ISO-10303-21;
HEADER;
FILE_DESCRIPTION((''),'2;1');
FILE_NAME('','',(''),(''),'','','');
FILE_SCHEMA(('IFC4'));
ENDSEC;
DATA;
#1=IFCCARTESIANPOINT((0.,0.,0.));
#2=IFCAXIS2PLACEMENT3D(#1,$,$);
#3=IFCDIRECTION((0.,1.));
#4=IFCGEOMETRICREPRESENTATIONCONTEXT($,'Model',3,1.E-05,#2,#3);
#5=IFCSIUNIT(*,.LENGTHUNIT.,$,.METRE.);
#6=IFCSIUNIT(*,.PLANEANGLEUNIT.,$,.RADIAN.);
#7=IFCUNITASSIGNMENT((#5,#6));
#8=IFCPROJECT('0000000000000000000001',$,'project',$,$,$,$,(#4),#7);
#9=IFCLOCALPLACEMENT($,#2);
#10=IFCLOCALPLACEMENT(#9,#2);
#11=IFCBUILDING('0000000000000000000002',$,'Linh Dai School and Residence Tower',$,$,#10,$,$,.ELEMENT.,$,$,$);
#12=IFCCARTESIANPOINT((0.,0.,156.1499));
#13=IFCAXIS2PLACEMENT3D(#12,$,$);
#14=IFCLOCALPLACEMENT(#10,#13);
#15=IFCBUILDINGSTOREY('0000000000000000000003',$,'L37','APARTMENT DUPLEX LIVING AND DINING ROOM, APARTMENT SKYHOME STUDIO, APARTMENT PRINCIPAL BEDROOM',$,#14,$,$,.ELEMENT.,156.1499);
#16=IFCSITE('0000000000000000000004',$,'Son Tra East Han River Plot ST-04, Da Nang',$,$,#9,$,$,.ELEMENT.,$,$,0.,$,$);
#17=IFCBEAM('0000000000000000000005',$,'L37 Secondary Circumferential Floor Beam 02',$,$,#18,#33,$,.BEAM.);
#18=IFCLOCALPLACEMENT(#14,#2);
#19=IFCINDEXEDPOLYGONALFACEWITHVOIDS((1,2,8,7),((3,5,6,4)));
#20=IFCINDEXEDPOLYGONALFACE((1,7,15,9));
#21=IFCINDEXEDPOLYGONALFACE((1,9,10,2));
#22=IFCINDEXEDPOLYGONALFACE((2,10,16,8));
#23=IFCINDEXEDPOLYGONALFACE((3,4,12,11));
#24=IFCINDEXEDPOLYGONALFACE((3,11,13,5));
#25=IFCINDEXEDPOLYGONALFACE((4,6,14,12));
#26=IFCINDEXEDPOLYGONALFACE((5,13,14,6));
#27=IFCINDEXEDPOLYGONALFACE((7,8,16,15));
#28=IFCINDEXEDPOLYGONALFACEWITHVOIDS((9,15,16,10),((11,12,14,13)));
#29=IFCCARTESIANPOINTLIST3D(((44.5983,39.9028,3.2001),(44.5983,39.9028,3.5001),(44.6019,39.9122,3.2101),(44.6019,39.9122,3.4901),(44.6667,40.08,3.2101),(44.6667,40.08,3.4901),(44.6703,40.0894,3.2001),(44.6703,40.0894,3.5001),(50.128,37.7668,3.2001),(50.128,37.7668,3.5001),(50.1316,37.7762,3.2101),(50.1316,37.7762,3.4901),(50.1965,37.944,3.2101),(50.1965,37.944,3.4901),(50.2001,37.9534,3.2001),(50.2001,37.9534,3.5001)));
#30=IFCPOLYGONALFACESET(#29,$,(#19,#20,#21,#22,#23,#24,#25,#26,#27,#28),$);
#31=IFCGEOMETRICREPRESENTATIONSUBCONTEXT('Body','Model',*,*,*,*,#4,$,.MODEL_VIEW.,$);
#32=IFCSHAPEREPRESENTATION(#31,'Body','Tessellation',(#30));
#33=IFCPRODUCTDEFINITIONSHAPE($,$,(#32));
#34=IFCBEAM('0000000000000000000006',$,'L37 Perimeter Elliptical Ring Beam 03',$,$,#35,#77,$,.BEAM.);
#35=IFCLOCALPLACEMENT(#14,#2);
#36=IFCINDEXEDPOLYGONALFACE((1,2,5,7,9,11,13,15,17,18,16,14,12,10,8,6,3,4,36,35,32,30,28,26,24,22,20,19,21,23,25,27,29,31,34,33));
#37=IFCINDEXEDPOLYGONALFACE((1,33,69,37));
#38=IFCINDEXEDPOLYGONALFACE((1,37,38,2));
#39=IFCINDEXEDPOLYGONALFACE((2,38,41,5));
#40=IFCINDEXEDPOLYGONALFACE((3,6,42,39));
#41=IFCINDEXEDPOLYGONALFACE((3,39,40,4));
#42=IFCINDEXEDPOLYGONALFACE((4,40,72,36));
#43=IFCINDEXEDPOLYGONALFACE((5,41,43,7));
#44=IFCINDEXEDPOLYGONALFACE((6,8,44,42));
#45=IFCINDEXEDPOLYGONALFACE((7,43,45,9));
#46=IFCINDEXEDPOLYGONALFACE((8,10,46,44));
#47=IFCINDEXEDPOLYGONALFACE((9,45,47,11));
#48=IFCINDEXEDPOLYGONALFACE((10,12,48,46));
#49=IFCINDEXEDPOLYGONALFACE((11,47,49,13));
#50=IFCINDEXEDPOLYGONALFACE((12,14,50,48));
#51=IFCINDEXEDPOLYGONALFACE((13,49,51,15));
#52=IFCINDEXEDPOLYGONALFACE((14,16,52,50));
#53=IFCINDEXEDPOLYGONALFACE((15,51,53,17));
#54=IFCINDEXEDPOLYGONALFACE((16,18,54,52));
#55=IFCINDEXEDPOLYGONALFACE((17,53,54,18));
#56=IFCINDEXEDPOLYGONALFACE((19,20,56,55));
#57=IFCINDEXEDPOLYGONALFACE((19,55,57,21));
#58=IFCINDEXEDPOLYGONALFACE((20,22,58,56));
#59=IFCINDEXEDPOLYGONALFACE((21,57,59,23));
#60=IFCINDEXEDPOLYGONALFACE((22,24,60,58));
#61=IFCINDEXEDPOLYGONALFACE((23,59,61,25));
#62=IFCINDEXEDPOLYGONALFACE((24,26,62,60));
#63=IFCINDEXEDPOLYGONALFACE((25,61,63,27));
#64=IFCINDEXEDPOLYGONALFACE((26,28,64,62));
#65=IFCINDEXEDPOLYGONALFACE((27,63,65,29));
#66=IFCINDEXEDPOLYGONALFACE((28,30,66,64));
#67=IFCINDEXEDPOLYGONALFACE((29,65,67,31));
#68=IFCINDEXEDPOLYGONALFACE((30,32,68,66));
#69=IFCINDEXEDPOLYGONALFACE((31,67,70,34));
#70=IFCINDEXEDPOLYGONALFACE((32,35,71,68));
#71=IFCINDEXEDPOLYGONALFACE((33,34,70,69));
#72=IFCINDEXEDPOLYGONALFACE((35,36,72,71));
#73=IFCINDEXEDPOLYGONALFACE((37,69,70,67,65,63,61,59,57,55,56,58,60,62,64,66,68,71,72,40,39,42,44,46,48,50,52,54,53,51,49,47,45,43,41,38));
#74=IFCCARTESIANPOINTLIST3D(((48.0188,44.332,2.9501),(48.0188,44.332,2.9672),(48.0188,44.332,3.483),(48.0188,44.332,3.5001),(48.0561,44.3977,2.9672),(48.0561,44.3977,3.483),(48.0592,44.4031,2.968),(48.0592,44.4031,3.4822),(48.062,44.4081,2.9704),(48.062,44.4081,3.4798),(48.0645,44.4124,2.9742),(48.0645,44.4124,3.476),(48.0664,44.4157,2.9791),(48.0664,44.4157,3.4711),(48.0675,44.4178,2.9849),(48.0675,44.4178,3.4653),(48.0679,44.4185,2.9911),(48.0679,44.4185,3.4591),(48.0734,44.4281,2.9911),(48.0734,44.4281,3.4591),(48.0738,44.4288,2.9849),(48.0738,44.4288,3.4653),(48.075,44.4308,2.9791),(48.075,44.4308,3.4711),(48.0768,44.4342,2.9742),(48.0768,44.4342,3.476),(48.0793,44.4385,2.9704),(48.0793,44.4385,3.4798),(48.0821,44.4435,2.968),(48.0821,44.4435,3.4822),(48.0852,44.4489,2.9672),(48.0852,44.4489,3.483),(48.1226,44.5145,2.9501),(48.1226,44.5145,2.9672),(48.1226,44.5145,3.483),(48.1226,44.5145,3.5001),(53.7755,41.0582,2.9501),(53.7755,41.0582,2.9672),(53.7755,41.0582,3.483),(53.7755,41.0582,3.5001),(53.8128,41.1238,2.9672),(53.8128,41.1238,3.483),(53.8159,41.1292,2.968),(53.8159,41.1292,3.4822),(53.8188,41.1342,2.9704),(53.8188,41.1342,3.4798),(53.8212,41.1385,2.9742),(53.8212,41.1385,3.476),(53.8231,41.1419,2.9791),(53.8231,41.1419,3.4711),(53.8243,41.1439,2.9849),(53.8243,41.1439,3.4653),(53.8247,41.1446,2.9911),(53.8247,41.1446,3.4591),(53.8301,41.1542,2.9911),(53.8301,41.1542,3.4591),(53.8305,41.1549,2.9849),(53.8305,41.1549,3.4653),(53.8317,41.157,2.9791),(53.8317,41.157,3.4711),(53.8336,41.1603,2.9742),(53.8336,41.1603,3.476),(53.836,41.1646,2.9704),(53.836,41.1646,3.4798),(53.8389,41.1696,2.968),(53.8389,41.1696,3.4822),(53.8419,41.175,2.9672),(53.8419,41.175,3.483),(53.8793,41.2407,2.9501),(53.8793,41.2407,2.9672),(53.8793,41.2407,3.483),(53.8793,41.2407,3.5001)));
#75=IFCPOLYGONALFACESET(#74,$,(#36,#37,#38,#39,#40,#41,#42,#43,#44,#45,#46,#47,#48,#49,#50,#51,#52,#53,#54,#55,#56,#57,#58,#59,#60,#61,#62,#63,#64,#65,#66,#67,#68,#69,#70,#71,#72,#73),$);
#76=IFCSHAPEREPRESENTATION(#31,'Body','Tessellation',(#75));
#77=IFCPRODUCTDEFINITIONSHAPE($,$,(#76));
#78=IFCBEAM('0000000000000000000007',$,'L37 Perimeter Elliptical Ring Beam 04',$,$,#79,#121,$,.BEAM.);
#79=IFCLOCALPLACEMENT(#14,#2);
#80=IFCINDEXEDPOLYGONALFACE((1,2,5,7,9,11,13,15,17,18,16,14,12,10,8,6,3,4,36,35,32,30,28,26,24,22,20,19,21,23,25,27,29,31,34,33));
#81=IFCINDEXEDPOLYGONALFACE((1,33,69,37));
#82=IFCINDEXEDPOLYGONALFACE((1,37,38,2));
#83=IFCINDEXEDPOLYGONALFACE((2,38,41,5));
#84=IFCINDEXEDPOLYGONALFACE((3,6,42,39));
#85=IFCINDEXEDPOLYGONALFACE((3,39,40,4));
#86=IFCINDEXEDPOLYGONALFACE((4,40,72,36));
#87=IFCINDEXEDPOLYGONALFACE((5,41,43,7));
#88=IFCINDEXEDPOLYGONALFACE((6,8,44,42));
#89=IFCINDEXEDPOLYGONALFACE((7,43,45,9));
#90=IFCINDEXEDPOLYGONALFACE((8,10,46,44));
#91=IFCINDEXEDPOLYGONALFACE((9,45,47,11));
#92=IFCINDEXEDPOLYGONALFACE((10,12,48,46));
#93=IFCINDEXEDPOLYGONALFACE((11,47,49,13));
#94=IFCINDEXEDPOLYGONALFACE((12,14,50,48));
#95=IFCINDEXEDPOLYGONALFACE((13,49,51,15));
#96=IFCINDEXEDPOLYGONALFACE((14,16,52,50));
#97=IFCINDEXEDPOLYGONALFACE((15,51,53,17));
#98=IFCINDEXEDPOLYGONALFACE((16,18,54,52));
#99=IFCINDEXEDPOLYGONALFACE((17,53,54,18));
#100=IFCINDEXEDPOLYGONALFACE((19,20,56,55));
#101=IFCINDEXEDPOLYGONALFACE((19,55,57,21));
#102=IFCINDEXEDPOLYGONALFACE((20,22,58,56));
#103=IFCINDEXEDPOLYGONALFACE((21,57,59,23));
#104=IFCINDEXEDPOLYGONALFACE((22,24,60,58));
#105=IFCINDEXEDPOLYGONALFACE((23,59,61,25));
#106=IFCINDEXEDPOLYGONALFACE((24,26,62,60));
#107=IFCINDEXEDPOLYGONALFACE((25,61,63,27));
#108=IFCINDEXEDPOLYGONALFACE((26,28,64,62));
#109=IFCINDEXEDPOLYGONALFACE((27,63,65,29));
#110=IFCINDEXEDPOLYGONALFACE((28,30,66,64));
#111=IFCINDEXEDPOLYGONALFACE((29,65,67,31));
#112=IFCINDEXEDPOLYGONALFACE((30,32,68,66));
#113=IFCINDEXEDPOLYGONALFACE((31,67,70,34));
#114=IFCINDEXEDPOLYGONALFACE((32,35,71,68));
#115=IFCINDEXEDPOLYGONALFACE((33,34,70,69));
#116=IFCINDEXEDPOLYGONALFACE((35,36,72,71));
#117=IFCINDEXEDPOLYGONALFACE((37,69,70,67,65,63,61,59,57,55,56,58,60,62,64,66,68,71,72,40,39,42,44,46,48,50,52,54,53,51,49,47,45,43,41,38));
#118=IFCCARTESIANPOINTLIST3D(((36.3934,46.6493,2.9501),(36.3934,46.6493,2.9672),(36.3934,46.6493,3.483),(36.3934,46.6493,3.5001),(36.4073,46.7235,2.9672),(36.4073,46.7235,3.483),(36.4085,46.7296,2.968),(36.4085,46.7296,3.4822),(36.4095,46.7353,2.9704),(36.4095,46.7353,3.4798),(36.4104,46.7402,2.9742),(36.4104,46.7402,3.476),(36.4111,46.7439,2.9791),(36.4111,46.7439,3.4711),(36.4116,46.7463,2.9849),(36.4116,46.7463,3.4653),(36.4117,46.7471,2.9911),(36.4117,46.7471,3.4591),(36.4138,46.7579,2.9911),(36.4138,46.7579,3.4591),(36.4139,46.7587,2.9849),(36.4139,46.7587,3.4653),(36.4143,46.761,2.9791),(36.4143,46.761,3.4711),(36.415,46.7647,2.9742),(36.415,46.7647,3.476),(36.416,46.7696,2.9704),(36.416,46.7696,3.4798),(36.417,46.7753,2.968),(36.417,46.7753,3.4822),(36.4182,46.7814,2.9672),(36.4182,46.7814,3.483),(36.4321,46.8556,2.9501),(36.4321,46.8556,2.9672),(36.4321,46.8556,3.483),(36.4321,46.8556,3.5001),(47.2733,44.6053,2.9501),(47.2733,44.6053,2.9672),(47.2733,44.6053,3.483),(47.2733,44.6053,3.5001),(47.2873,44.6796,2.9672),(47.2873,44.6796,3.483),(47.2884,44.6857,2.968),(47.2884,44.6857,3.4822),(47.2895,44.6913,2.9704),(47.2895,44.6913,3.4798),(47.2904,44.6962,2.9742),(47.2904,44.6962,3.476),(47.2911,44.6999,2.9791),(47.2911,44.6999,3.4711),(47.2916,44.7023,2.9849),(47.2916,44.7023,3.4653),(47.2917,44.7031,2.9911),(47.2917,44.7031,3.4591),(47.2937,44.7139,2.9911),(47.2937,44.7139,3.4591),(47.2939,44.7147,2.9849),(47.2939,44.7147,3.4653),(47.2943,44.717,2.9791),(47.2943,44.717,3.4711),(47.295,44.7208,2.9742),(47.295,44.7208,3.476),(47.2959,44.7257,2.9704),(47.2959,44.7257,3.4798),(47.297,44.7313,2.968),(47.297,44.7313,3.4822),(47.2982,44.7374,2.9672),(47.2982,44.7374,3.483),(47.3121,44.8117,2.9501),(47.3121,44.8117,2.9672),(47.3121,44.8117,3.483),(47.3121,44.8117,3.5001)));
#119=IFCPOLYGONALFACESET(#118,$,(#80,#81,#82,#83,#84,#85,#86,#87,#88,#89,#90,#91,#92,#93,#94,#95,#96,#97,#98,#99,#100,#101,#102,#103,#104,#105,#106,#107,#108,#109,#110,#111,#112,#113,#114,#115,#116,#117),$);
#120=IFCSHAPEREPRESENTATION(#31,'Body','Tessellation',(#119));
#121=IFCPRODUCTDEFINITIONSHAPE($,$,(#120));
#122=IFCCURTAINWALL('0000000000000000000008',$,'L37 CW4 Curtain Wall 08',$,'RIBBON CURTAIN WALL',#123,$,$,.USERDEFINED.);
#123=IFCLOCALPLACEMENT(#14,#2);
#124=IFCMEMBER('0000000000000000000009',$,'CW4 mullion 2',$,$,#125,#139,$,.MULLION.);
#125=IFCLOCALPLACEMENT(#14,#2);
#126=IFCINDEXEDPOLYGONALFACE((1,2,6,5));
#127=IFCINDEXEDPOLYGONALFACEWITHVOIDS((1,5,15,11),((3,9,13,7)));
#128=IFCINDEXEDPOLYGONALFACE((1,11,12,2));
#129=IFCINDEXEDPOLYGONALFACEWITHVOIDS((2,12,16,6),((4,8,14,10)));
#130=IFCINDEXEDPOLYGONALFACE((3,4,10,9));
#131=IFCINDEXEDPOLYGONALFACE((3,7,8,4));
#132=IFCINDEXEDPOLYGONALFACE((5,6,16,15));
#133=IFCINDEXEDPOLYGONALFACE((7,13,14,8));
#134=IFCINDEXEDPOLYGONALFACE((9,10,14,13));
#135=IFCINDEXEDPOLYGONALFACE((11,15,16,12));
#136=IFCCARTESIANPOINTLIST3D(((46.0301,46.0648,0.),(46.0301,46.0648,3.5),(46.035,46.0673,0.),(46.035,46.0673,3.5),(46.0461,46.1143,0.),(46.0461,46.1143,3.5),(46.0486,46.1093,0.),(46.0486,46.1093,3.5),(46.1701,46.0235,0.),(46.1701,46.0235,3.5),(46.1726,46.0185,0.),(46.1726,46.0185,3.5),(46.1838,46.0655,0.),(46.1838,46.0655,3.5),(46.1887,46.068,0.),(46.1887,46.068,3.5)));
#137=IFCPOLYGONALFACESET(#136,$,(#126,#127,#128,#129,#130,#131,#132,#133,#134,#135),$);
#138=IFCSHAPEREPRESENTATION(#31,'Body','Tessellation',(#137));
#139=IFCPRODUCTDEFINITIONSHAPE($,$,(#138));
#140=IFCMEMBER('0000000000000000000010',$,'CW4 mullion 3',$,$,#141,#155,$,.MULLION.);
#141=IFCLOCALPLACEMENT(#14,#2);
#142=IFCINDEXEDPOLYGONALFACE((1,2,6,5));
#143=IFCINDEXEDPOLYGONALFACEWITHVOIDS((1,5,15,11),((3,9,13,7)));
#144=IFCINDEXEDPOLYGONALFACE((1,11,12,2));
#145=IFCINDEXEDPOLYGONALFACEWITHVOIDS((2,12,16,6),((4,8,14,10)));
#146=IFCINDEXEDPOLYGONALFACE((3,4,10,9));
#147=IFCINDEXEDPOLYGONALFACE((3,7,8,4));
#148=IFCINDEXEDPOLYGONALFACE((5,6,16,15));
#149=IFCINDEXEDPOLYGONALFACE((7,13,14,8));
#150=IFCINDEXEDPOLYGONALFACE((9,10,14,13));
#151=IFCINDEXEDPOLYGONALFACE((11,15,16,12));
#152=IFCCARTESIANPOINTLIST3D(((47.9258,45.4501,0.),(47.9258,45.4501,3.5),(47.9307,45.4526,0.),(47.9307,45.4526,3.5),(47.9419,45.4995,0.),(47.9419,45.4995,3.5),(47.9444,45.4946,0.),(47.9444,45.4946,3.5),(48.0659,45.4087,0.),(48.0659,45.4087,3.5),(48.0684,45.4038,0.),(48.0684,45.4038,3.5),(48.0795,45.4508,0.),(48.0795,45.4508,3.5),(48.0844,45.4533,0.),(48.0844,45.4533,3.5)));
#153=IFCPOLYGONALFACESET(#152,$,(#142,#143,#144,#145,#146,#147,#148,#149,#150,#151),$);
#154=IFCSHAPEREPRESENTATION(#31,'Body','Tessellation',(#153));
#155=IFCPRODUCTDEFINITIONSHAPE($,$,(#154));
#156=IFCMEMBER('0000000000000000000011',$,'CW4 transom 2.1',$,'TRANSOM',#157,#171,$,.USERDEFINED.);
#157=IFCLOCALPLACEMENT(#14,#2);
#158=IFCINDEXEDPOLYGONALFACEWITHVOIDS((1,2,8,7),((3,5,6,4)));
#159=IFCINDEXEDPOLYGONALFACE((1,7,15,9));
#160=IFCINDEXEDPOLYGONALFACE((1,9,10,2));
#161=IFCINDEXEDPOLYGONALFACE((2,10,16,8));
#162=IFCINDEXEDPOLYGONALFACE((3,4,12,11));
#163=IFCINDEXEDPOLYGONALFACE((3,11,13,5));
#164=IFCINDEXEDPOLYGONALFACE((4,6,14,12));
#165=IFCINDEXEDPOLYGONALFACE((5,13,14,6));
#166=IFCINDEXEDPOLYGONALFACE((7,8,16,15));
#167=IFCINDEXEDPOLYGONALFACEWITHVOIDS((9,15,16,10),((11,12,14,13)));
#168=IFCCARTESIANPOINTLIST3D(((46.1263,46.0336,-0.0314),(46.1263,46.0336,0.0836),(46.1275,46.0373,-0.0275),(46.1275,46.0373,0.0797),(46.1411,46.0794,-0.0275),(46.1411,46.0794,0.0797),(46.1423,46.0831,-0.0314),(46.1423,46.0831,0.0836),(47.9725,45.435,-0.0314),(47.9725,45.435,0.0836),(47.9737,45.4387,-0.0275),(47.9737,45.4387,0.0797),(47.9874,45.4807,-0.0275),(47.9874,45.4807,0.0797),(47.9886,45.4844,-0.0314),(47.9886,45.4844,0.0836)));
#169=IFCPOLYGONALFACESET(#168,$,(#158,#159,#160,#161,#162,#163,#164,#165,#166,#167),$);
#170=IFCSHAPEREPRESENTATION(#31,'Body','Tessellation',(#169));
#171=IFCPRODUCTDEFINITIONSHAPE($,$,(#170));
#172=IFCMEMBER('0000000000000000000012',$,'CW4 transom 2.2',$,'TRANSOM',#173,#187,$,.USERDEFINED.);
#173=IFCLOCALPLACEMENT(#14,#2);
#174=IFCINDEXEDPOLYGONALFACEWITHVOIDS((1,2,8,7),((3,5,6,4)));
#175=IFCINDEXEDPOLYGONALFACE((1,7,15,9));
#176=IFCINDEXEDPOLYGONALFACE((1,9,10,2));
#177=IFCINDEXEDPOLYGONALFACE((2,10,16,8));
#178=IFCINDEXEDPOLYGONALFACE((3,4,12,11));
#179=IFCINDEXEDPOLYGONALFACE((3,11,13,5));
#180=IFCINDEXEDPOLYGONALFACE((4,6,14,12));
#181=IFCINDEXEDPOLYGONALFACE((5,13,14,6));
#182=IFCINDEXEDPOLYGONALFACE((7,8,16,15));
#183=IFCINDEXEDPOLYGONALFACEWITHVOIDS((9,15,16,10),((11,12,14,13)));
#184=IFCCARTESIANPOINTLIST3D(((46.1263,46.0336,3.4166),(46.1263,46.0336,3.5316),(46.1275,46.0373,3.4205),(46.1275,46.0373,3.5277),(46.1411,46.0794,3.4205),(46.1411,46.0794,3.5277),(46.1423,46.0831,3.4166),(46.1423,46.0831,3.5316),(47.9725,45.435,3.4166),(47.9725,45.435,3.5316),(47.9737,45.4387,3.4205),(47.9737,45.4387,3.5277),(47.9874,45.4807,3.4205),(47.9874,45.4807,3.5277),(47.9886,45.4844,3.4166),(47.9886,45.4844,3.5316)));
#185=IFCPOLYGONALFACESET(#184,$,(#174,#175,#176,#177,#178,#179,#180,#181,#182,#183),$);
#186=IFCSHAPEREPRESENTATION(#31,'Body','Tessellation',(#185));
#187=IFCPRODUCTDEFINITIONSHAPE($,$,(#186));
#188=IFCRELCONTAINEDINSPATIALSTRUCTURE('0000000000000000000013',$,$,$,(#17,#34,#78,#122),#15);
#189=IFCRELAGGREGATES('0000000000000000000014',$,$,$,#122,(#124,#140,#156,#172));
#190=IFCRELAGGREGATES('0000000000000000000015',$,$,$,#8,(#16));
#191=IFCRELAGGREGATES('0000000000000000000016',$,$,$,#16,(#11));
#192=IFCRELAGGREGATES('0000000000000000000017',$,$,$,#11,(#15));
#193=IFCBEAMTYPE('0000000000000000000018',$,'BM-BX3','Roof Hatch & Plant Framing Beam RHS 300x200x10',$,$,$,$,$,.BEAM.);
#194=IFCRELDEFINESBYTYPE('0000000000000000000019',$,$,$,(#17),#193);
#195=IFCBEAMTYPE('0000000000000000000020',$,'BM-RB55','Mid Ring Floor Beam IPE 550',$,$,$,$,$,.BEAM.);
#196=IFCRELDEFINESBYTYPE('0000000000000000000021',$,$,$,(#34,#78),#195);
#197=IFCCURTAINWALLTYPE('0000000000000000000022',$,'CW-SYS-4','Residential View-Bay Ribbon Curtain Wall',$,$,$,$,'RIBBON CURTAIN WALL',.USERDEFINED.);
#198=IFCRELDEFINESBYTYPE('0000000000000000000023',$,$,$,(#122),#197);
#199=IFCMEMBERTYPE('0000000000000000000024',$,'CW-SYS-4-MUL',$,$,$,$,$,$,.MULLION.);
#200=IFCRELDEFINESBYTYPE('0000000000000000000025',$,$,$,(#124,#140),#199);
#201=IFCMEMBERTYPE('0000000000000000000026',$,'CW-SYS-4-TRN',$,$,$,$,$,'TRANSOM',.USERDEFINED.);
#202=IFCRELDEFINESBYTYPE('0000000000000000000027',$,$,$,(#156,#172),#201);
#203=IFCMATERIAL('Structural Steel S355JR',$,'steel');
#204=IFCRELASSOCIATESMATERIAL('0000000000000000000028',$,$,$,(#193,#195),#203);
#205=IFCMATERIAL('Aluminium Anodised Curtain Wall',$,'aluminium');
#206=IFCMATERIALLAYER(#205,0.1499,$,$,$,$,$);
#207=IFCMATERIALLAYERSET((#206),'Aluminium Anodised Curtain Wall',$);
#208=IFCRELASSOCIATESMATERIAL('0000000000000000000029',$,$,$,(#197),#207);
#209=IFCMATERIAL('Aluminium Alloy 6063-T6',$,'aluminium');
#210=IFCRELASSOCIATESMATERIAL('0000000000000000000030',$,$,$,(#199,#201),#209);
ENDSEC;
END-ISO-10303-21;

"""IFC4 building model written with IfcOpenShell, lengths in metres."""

from ifc_helpers import new_model, si_unit, direction, frame, origin, origin_2d, place, context, subcontext, project, spatial, hollow_rectangle, i_section, extrude, source, transform, mapped, material, layer, layer_set, material_profile, profile_set, type_object, element, aggregate, save


model = new_model("IFC4")

# Units and contexts
model_context = context("Model", 3, precision=1e-05, world=origin(), true_north=direction((0.0, 1.0)))
body_context = subcontext(model_context, "Body", "Model", "MODEL_VIEW")
ifc_project = project(units=[si_unit("LENGTHUNIT", "METRE"), si_unit("PLANEANGLEUNIT", "RADIAN")], contexts=[model_context])

# Site, building, storey
site_placement = place(None, origin())
site = spatial("IfcSite", under=ifc_project, at=site_placement, Name="Son Tra East Han River Plot ST-04, Da Nang", CompositionType="ELEMENT", RefElevation=0.0)
building_placement = place(site_placement, origin())
building = spatial("IfcBuilding", under=site, at=building_placement, Name="Linh Dai School and Residence Tower", CompositionType="ELEMENT")
storey_placement = place(building_placement, frame((0.0, 0.0, 156.1499)))
storey = spatial("IfcBuildingStorey", under=building, at=storey_placement, Name="L37", Description="APARTMENT DUPLEX LIVING AND DINING ROOM, APARTMENT SKYHOME STUDIO, APARTMENT PRINCIPAL BEDROOM", CompositionType="ELEMENT", Elevation=156.1499)

# Shared definitions
ifc_material_1 = material(Name="Structural Steel S355JR", Category="steel")

# Beams
ifc_material_profile_1 = material_profile(ifc_material_1, hollow_rectangle(XDim=0.2, YDim=0.3, WallThickness=0.01, at=origin_2d()), Name="RHS 300x200x10")
ifc_profile_set_1 = profile_set([ifc_material_profile_1], Name="Structural Steel S355JR")
beam_type_1 = type_object("IfcBeamType", Name="BM-BX3", Description="Roof Hatch & Plant Framing Beam RHS 300x200x10", PredefinedType="BEAM", material=ifc_profile_set_1)
beam_1_placement = place(storey_placement, frame((50.1641, 37.8601, 3.3501), z_axis=(-0.932828, 0.360323, 0.0), x_axis=(-0.360323, -0.932828, 0.0)))
element("IfcBeam", 1, at=beam_1_placement, inside=storey, type_object=beam_type_1, Name="L37 Secondary Circumferential Floor Beam 02", PredefinedType="BEAM", context=body_context, shape_type="SweptSolid", body=[
    extrude(hollow_rectangle(XDim=0.2, YDim=0.3, WallThickness=0.01, at=origin_2d()), origin(), (0.0, 0.0, 1.0), 5.928),
])
ifc_material_profile_2 = material_profile(ifc_material_1, i_section(OverallWidth=0.21, OverallDepth=0.55, WebThickness=0.011, FlangeThickness=0.0171, FilletRadius=0.0239, at=origin_2d()), Name="IPE 550")
ifc_profile_set_2 = profile_set([ifc_material_profile_2], Name="Structural Steel S355JR")
beam_type_2 = type_object("IfcBeamType", Name="BM-RB55", Description="Mid Ring Floor Beam IPE 550", PredefinedType="BEAM", material=ifc_profile_set_2)
beam_2_placement = place(storey_placement, frame((53.8274, 41.1494, 3.2251), z_axis=(-0.869262, 0.494351, 0.0), x_axis=(-0.494351, -0.869262, 0.0)))
element("IfcBeam", 2, at=beam_2_placement, inside=storey, type_object=beam_type_2, Name="L37 Perimeter Elliptical Ring Beam 03", PredefinedType="BEAM", context=body_context, shape_type="SweptSolid", body=[
    extrude(i_section(OverallWidth=0.21, OverallDepth=0.55, WebThickness=0.011, FlangeThickness=0.0171, FilletRadius=0.0239, at=origin_2d()), origin(), (0.0, 0.0, 1.0), 6.6226),
])
beam_3_placement = place(storey_placement, frame((47.2927, 44.7085, 3.2251), z_axis=(-0.982807, 0.184635, 0.0), x_axis=(-0.184635, -0.982807, 0.0)))
element("IfcBeam", 3, at=beam_3_placement, inside=storey, type_object=beam_type_2, Name="L37 Perimeter Elliptical Ring Beam 04", PredefinedType="BEAM", context=body_context, shape_type="SweptSolid", body=[
    extrude(i_section(OverallWidth=0.21, OverallDepth=0.55, WebThickness=0.011, FlangeThickness=0.0171, FilletRadius=0.0239, at=origin_2d()), origin(), (0.0, 0.0, 1.0), 11.0703),
])

# Curtain wall, members
ifc_material_2 = material(Name="Aluminium Anodised Curtain Wall", Category="aluminium")
ifc_layer_1 = layer(ifc_material_2, 0.1499)
ifc_layer_set_1 = layer_set([ifc_layer_1], Name="Aluminium Anodised Curtain Wall")
curtain_wall_type = type_object("IfcCurtainWallType", Name="CW-SYS-4", Description="Residential View-Bay Ribbon Curtain Wall", ElementType="RIBBON CURTAIN WALL", PredefinedType="USERDEFINED", material=ifc_layer_set_1)
curtain_wall_placement = place(storey_placement, origin())
curtain_wall = element("IfcCurtainWall", 4, at=curtain_wall_placement, inside=storey, type_object=curtain_wall_type, Name="L37 CW4 Curtain Wall 08", ObjectType="RIBBON CURTAIN WALL", PredefinedType="USERDEFINED")
ifc_material_3 = material(Name="Aluminium Alloy 6063-T6", Category="aluminium")
ifc_material_profile_3 = material_profile(ifc_material_3, hollow_rectangle(XDim=0.052, YDim=0.1499, WallThickness=0.0039, at=origin_2d()), Name="RHS 150x52x4")
ifc_profile_set_3 = profile_set([ifc_material_profile_3], Name="Aluminium Alloy 6063-T6")
member_type_1 = type_object("IfcMemberType", Name="CW-SYS-4-MUL", PredefinedType="MULLION", material=ifc_profile_set_3)
shared_shape_1 = source(origin(), body_context, "Body", "SweptSolid", [
    extrude(hollow_rectangle(XDim=0.052, YDim=0.1499, WallThickness=0.0039, at=origin_2d()), origin(), (0.0, 0.0, 1.0), 3.5),
])
member_1_placement = place(storey_placement, frame((46.1094, 46.0664, 0.0), z_axis=(0.0, 0.0, 1.0), x_axis=(0.308536, 0.951213, 0.0)))
member_1 = element("IfcMember", 5, at=member_1_placement, type_object=member_type_1, Name="CW4 mullion 2", PredefinedType="MULLION", context=body_context, shape_type="MappedRepresentation", body=[
    mapped(shared_shape_1, transform((0.0, 0.0, 0.0), x_axis=(1.0, 0.0, 0.0), y_axis=(0.0, 1.0, 0.0), z_axis=(0.0, 0.0, 1.0), scale=1.0)),
])
member_2_placement = place(storey_placement, frame((48.0051, 45.4517, 0.0), z_axis=(0.0, 0.0, 1.0), x_axis=(0.308536, 0.951213, 0.0)))
member_2 = element("IfcMember", 6, at=member_2_placement, type_object=member_type_1, Name="CW4 mullion 3", PredefinedType="MULLION", context=body_context, shape_type="MappedRepresentation", body=[
    mapped(shared_shape_1, transform((0.0, 0.0, 0.0), x_axis=(1.0, 0.0, 0.0), y_axis=(0.0, 1.0, 0.0), z_axis=(0.0, 0.0, 1.0), scale=1.0)),
])
ifc_material_profile_4 = material_profile(ifc_material_3, hollow_rectangle(XDim=0.052, YDim=0.115, WallThickness=0.0039, at=origin_2d()), Name="RHS 115x52x4")
ifc_profile_set_4 = profile_set([ifc_material_profile_4], Name="Aluminium Alloy 6063-T6")
member_type_2 = type_object("IfcMemberType", Name="CW-SYS-4-TRN", ElementType="TRANSOM", PredefinedType="USERDEFINED", material=ifc_profile_set_4)
shared_shape_2 = source(origin(), body_context, "Body", "SweptSolid", [
    extrude(hollow_rectangle(XDim=0.052, YDim=0.115, WallThickness=0.0039, at=origin_2d()), origin(), (0.0, 0.0, 1.0), 1.9409),
])
member_3_placement = place(storey_placement, frame((46.1343, 46.0583, 0.0261), z_axis=(0.951243, -0.308443, 0.0), x_axis=(0.308443, 0.951243, 0.0)))
member_3 = element("IfcMember", 7, at=member_3_placement, type_object=member_type_2, Name="CW4 transom 2.1", ObjectType="TRANSOM", PredefinedType="USERDEFINED", context=body_context, shape_type="MappedRepresentation", body=[
    mapped(shared_shape_2, transform((0.0, 0.0, 0.0), x_axis=(1.0, 0.0, 0.0), y_axis=(0.0, 1.0, 0.0), z_axis=(0.0, 0.0, 1.0), scale=1.0)),
])
member_4_placement = place(storey_placement, frame((46.1343, 46.0583, 3.4741), z_axis=(0.951243, -0.308443, 0.0), x_axis=(0.308443, 0.951243, 0.0)))
member_4 = element("IfcMember", 8, at=member_4_placement, type_object=member_type_2, Name="CW4 transom 2.2", ObjectType="TRANSOM", PredefinedType="USERDEFINED", context=body_context, shape_type="MappedRepresentation", body=[
    mapped(shared_shape_2, transform((0.0, 0.0, 0.0), x_axis=(1.0, 0.0, 0.0), y_axis=(0.0, 1.0, 0.0), z_axis=(0.0, 0.0, 1.0), scale=1.0)),
])

aggregate(curtain_wall, [member_1, member_2, member_3, member_4])

save(model, "model.ifc")
